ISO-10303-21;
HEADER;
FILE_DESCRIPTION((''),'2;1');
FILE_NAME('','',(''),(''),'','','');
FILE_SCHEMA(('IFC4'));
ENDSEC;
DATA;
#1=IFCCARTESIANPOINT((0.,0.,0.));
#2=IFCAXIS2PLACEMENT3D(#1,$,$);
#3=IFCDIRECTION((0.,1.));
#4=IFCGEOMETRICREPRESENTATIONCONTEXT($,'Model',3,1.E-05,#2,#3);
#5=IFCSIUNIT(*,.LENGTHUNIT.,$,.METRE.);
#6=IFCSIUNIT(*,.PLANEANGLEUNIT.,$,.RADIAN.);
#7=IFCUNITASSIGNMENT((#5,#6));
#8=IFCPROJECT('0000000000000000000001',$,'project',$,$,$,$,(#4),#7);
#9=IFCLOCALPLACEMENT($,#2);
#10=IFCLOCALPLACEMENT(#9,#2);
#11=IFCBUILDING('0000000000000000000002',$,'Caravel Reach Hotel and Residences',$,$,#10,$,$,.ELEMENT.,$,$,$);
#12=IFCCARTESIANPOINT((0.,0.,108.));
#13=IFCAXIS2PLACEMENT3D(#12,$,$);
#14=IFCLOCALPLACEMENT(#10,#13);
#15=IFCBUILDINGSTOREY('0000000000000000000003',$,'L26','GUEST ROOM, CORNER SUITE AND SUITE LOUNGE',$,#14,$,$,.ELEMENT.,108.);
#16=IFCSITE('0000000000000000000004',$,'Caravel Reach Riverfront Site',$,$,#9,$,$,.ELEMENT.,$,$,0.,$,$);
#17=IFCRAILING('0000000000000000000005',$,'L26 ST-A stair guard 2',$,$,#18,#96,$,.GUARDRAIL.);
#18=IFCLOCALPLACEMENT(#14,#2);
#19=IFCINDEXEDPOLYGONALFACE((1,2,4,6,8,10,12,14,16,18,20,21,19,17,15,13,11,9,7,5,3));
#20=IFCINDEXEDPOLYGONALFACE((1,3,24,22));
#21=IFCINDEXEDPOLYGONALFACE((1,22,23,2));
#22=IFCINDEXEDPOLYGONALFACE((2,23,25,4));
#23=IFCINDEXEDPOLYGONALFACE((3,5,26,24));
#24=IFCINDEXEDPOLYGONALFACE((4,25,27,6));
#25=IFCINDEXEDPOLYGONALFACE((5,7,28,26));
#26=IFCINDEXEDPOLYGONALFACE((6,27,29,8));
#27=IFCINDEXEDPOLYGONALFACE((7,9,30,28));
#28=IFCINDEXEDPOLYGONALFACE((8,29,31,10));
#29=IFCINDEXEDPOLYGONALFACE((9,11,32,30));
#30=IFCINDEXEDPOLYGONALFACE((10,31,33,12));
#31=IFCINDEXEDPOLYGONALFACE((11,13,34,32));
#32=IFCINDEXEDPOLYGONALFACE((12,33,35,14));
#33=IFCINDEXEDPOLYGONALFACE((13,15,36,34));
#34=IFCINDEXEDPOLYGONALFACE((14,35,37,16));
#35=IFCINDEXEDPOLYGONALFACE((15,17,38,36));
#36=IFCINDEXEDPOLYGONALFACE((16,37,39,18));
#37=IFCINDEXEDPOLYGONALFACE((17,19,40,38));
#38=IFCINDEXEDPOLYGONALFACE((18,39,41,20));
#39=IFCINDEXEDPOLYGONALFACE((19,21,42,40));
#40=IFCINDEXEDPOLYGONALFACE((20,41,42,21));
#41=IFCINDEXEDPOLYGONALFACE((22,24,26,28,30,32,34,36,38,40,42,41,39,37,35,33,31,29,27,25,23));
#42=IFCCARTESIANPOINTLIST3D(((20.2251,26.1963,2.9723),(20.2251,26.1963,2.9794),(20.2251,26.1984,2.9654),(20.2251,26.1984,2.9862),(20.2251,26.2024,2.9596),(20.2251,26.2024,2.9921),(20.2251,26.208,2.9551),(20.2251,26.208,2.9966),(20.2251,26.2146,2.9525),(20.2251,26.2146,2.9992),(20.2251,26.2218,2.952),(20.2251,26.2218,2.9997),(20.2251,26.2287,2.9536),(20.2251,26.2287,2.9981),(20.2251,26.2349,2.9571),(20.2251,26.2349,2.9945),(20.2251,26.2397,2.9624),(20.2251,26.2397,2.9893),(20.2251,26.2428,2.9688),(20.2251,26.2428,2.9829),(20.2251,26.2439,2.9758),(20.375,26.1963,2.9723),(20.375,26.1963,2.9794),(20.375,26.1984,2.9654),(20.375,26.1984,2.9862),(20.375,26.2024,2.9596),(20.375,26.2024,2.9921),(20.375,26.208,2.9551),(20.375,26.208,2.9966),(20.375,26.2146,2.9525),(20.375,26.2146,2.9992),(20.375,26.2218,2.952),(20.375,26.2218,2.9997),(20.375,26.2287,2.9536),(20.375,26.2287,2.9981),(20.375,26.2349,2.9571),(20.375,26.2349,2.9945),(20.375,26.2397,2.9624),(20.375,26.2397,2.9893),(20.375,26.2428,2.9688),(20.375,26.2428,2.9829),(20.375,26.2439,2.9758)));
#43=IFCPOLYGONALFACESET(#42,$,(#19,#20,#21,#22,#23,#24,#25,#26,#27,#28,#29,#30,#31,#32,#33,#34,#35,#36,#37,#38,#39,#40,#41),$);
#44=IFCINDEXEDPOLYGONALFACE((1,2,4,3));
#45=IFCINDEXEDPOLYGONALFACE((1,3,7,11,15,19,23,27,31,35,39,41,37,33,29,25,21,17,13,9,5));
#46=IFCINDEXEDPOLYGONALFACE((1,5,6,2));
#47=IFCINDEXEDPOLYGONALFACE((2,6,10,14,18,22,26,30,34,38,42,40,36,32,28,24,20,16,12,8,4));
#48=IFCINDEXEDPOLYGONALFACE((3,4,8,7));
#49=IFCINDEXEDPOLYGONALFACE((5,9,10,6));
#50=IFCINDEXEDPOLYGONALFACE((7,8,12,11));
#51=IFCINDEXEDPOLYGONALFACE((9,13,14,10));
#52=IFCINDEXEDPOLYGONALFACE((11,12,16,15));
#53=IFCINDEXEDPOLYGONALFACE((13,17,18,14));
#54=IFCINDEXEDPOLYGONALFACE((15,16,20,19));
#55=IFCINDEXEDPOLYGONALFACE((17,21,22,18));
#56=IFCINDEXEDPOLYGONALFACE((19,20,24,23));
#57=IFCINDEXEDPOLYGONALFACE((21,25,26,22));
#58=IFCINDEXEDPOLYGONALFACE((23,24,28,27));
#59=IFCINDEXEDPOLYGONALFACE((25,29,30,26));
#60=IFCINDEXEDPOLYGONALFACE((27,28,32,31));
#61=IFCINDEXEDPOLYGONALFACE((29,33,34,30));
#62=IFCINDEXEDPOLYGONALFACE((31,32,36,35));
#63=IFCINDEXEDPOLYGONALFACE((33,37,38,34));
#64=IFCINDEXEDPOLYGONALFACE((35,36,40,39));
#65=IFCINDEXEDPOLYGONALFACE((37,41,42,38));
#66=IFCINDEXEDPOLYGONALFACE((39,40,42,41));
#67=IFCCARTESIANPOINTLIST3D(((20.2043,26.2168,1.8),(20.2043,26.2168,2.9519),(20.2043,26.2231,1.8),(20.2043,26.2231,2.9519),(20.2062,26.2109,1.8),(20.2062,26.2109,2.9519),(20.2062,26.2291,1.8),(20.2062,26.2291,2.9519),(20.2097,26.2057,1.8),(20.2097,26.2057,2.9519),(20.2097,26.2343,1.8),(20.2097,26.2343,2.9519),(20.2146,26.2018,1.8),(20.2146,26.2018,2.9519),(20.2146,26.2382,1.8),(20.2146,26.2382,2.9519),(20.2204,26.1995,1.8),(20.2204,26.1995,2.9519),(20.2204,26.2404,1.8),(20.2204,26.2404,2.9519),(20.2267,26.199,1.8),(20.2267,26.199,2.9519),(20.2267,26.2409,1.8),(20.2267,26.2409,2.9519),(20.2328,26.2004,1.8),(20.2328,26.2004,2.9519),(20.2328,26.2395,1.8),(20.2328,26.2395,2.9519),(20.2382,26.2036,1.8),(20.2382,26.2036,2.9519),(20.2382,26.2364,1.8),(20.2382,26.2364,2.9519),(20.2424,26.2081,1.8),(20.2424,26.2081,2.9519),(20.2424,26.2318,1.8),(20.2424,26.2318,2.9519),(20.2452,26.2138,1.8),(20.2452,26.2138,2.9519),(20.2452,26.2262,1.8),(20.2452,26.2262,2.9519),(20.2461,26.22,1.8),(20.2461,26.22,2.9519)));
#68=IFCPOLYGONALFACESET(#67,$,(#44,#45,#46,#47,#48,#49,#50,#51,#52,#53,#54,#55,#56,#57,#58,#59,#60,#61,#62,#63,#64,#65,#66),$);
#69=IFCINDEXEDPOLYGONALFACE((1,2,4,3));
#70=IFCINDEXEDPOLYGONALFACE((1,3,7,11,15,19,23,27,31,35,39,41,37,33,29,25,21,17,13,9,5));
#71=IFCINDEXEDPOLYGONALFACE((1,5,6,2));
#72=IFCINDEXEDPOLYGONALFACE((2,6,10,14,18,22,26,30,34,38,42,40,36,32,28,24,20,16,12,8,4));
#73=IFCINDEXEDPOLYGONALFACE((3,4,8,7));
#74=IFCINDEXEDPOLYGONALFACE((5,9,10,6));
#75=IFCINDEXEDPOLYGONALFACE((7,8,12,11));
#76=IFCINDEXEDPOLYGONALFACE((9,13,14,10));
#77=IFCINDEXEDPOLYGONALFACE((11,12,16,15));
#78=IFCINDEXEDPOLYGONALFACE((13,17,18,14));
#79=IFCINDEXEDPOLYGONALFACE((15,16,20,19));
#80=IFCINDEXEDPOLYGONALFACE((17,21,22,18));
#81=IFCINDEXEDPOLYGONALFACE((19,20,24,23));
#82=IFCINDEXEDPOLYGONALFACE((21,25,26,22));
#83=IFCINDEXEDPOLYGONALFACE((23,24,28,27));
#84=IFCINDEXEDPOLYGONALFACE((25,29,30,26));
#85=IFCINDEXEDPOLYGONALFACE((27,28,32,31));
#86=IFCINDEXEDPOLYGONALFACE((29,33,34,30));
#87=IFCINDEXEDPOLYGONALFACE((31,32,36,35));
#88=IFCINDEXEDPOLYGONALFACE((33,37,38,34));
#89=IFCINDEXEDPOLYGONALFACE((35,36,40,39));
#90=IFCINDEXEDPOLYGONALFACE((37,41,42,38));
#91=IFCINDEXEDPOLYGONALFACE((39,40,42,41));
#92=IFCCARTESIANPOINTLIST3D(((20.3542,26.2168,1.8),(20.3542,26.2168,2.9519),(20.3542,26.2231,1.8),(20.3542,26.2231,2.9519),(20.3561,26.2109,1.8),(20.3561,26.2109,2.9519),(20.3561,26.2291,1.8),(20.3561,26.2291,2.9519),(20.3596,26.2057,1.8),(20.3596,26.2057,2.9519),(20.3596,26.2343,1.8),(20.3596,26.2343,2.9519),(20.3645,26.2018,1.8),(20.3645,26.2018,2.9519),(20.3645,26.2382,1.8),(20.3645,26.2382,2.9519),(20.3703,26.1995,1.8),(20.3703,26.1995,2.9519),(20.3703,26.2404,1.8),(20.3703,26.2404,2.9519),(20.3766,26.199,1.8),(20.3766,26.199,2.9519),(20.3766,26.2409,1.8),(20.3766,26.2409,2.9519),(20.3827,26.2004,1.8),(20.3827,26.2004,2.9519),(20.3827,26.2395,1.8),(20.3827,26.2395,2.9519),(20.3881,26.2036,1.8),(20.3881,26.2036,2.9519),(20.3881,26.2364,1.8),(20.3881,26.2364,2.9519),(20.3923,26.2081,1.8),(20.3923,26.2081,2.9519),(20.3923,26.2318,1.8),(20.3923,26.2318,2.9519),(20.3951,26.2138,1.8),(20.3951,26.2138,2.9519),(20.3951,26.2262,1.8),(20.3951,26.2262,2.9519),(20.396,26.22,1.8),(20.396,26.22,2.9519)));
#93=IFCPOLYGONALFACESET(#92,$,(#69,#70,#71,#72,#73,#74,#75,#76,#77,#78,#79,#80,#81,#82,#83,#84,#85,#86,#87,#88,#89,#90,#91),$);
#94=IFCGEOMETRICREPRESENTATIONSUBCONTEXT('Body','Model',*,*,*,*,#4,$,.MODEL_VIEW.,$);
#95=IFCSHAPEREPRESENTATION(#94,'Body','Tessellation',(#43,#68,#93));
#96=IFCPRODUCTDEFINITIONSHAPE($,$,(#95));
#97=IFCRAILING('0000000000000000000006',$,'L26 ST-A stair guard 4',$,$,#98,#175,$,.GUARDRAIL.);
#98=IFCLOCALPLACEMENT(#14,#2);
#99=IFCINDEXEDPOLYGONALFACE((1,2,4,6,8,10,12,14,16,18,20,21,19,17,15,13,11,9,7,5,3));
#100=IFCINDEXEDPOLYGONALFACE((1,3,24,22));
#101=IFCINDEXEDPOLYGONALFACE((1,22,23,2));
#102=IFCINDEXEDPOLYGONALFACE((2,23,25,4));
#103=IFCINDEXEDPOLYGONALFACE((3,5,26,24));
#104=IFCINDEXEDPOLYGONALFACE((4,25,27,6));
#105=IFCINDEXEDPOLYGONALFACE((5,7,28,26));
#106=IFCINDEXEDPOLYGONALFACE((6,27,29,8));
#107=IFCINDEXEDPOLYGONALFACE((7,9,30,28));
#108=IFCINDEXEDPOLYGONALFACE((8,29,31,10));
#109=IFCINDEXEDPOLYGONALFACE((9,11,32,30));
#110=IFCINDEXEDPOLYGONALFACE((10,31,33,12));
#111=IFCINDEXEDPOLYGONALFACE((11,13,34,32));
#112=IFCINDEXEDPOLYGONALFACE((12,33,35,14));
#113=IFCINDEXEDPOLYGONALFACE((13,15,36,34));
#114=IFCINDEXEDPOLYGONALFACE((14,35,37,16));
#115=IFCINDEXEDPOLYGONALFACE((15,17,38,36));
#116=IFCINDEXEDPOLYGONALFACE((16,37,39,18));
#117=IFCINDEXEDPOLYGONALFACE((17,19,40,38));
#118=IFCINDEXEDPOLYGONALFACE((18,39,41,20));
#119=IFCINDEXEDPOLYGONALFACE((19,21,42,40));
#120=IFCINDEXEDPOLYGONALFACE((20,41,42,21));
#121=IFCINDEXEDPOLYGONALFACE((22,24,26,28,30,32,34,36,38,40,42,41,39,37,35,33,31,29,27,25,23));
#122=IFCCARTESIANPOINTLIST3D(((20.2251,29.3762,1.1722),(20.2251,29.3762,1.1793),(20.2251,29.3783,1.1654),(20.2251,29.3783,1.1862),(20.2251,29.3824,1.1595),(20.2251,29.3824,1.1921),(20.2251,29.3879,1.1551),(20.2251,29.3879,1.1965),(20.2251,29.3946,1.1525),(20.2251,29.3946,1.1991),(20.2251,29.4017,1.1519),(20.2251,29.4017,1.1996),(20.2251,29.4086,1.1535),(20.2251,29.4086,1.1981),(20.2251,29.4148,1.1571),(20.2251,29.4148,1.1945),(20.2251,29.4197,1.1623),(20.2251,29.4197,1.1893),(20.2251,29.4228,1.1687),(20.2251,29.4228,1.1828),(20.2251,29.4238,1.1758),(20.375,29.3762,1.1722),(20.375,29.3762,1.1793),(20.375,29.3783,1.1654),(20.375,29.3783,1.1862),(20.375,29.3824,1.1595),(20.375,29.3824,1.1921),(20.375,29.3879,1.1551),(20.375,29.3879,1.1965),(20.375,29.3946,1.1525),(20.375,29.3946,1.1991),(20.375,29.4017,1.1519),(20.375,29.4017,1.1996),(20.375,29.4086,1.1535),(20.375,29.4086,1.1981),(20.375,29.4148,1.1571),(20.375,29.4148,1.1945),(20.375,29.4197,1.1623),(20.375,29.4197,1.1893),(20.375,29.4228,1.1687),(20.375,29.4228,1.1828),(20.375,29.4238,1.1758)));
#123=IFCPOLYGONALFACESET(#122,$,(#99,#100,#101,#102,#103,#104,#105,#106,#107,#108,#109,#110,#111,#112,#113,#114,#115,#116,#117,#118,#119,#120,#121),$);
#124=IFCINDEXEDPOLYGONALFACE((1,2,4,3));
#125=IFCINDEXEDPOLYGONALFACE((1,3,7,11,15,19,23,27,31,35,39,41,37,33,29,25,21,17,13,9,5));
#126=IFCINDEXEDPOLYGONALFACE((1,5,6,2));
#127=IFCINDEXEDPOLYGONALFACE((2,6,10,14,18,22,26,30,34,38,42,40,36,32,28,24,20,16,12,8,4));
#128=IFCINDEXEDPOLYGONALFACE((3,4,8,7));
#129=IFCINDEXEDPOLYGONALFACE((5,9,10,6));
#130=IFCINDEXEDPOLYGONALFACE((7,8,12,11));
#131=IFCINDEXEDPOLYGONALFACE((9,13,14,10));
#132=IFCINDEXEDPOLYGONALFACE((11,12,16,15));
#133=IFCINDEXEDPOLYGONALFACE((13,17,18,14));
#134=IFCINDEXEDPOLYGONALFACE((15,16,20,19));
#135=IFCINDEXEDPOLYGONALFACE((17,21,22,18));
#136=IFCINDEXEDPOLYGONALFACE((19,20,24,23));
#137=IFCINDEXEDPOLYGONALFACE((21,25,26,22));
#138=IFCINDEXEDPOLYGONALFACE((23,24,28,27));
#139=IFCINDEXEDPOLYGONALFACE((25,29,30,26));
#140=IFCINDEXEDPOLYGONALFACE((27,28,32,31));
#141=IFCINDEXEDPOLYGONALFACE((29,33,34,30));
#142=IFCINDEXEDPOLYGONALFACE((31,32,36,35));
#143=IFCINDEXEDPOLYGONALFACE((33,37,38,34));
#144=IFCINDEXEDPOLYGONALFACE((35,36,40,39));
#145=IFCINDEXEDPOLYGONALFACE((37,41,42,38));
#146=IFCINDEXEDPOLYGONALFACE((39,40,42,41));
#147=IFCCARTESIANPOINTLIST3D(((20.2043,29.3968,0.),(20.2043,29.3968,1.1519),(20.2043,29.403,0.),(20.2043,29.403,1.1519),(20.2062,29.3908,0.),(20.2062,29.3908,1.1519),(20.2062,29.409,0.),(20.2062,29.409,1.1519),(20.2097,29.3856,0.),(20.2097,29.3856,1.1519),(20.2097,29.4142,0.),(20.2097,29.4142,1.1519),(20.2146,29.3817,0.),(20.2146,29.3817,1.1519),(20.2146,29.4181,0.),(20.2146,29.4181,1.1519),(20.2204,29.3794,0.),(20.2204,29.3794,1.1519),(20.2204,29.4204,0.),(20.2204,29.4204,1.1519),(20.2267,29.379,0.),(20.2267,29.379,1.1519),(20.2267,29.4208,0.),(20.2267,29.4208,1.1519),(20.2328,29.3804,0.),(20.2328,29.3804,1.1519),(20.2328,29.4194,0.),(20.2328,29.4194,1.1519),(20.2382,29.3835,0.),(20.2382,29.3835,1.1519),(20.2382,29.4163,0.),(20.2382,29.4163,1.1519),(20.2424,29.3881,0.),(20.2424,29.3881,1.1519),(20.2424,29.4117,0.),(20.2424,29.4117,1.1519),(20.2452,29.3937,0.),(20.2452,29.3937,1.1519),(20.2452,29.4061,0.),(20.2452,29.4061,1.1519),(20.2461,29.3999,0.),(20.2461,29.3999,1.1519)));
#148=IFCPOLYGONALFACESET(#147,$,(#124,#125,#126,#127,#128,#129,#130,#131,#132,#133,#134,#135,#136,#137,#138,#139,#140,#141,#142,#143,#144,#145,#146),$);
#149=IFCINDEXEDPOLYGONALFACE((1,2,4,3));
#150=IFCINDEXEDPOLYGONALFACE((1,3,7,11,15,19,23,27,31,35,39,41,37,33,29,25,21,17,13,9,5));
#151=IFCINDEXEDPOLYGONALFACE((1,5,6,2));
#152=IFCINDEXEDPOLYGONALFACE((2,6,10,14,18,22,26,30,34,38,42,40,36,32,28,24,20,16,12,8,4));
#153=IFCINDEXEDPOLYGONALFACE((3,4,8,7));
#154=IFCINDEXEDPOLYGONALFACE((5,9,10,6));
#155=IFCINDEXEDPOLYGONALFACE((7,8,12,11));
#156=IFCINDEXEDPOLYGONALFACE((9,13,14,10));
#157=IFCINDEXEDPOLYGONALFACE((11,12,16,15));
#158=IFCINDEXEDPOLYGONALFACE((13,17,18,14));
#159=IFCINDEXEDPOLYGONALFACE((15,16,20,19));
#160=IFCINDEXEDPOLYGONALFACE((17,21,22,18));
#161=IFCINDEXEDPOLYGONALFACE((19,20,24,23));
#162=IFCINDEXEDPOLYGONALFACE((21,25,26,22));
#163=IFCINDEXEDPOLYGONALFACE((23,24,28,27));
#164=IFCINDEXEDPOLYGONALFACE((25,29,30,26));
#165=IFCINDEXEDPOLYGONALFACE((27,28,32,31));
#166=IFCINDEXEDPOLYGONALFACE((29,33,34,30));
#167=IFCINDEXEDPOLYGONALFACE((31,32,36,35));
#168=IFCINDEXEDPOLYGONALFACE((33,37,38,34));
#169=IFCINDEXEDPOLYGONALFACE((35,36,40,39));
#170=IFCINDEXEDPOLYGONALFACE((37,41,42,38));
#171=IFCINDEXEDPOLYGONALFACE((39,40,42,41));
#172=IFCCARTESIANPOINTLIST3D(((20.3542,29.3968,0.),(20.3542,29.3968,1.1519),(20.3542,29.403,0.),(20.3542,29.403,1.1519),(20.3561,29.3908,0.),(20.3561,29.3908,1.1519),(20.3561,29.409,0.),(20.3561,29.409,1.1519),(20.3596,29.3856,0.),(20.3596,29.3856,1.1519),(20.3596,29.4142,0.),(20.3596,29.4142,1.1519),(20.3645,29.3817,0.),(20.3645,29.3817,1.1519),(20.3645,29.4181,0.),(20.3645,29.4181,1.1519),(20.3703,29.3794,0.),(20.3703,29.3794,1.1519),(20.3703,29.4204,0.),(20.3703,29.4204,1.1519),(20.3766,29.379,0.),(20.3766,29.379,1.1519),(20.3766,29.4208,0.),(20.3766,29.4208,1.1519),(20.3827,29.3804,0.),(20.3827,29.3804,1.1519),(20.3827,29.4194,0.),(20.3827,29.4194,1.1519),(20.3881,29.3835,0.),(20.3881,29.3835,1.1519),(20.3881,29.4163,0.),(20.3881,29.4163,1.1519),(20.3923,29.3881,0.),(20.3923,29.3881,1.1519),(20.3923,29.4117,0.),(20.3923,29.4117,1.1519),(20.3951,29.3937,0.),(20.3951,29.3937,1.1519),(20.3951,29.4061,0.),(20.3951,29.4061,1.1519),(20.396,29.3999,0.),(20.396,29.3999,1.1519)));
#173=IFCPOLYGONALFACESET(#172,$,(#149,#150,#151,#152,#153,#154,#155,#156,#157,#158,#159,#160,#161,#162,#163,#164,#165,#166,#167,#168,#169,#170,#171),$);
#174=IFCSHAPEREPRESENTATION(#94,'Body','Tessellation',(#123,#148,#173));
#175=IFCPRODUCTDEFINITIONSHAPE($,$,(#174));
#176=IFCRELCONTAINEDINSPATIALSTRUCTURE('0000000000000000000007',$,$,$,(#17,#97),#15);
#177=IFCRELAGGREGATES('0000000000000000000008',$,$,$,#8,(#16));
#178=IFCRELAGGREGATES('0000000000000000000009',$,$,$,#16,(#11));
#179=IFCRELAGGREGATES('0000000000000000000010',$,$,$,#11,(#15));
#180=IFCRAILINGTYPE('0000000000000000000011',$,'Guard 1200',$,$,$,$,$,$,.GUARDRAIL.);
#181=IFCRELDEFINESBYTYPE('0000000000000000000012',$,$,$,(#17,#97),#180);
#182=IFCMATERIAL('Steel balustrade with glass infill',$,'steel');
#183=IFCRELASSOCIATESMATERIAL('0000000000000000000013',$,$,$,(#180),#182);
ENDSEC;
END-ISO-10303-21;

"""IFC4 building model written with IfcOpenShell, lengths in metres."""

from ifc_helpers import new_model, si_unit, direction, frame, origin, origin_2d, place, context, subcontext, project, spatial, circle, extrude, material, type_object, element, save


model = new_model("IFC4")

# Units and contexts
model_context = context("Model", 3, precision=1e-05, world=origin(), true_north=direction((0.0, 1.0)))
body_context = subcontext(model_context, "Body", "Model", "MODEL_VIEW")
ifc_project = project(units=[si_unit("LENGTHUNIT", "METRE"), si_unit("PLANEANGLEUNIT", "RADIAN")], contexts=[model_context])

# Site, building, storey
site_placement = place(None, origin())
site = spatial("IfcSite", under=ifc_project, at=site_placement, Name="Caravel Reach Riverfront Site", CompositionType="ELEMENT", RefElevation=0.0)
building_placement = place(site_placement, origin())
building = spatial("IfcBuilding", under=site, at=building_placement, Name="Caravel Reach Hotel and Residences", CompositionType="ELEMENT")
storey_placement = place(building_placement, frame((0.0, 0.0, 108.0)))
storey = spatial("IfcBuildingStorey", under=building, at=storey_placement, Name="L26", Description="GUEST ROOM, CORNER SUITE AND SUITE LOUNGE", CompositionType="ELEMENT", Elevation=108.0)

# Railings
ifc_material_1 = material(Name="Steel balustrade with glass infill", Category="steel")
railing_type_1 = type_object("IfcRailingType", Name="Guard 1200", PredefinedType="GUARDRAIL", material=ifc_material_1)
for number, where, name in (
    (1, (20.2251, 26.22, 1.8), "L26 ST-A stair guard 2"),
    (2, (20.2251, 29.3999, 0.0), "L26 ST-A stair guard 4"),
):
    element("IfcRailing", number, at=place(storey_placement, frame(where)), inside=storey, type_object=railing_type_1, Name=name, PredefinedType="GUARDRAIL", context=body_context, shape_type="SweptSolid", body=[
        extrude(circle(Radius=0.0239, at=origin_2d()), frame((0.0, 0.0, 1.1758), z_axis=(1.0, 0.0, 0.0), x_axis=(0.0, 1.0, 0.0)), (0.0, 0.0, 1.0), 0.1499),
        extrude(circle(Radius=0.021, at=origin_2d()), origin(), (0.0, 0.0, 1.0), 1.1519),
        extrude(circle(Radius=0.021, at=origin_2d()), frame((0.1499, 0.0, 0.0)), (0.0, 0.0, 1.0), 1.1519),
    ])

save(model, "model.ifc")
